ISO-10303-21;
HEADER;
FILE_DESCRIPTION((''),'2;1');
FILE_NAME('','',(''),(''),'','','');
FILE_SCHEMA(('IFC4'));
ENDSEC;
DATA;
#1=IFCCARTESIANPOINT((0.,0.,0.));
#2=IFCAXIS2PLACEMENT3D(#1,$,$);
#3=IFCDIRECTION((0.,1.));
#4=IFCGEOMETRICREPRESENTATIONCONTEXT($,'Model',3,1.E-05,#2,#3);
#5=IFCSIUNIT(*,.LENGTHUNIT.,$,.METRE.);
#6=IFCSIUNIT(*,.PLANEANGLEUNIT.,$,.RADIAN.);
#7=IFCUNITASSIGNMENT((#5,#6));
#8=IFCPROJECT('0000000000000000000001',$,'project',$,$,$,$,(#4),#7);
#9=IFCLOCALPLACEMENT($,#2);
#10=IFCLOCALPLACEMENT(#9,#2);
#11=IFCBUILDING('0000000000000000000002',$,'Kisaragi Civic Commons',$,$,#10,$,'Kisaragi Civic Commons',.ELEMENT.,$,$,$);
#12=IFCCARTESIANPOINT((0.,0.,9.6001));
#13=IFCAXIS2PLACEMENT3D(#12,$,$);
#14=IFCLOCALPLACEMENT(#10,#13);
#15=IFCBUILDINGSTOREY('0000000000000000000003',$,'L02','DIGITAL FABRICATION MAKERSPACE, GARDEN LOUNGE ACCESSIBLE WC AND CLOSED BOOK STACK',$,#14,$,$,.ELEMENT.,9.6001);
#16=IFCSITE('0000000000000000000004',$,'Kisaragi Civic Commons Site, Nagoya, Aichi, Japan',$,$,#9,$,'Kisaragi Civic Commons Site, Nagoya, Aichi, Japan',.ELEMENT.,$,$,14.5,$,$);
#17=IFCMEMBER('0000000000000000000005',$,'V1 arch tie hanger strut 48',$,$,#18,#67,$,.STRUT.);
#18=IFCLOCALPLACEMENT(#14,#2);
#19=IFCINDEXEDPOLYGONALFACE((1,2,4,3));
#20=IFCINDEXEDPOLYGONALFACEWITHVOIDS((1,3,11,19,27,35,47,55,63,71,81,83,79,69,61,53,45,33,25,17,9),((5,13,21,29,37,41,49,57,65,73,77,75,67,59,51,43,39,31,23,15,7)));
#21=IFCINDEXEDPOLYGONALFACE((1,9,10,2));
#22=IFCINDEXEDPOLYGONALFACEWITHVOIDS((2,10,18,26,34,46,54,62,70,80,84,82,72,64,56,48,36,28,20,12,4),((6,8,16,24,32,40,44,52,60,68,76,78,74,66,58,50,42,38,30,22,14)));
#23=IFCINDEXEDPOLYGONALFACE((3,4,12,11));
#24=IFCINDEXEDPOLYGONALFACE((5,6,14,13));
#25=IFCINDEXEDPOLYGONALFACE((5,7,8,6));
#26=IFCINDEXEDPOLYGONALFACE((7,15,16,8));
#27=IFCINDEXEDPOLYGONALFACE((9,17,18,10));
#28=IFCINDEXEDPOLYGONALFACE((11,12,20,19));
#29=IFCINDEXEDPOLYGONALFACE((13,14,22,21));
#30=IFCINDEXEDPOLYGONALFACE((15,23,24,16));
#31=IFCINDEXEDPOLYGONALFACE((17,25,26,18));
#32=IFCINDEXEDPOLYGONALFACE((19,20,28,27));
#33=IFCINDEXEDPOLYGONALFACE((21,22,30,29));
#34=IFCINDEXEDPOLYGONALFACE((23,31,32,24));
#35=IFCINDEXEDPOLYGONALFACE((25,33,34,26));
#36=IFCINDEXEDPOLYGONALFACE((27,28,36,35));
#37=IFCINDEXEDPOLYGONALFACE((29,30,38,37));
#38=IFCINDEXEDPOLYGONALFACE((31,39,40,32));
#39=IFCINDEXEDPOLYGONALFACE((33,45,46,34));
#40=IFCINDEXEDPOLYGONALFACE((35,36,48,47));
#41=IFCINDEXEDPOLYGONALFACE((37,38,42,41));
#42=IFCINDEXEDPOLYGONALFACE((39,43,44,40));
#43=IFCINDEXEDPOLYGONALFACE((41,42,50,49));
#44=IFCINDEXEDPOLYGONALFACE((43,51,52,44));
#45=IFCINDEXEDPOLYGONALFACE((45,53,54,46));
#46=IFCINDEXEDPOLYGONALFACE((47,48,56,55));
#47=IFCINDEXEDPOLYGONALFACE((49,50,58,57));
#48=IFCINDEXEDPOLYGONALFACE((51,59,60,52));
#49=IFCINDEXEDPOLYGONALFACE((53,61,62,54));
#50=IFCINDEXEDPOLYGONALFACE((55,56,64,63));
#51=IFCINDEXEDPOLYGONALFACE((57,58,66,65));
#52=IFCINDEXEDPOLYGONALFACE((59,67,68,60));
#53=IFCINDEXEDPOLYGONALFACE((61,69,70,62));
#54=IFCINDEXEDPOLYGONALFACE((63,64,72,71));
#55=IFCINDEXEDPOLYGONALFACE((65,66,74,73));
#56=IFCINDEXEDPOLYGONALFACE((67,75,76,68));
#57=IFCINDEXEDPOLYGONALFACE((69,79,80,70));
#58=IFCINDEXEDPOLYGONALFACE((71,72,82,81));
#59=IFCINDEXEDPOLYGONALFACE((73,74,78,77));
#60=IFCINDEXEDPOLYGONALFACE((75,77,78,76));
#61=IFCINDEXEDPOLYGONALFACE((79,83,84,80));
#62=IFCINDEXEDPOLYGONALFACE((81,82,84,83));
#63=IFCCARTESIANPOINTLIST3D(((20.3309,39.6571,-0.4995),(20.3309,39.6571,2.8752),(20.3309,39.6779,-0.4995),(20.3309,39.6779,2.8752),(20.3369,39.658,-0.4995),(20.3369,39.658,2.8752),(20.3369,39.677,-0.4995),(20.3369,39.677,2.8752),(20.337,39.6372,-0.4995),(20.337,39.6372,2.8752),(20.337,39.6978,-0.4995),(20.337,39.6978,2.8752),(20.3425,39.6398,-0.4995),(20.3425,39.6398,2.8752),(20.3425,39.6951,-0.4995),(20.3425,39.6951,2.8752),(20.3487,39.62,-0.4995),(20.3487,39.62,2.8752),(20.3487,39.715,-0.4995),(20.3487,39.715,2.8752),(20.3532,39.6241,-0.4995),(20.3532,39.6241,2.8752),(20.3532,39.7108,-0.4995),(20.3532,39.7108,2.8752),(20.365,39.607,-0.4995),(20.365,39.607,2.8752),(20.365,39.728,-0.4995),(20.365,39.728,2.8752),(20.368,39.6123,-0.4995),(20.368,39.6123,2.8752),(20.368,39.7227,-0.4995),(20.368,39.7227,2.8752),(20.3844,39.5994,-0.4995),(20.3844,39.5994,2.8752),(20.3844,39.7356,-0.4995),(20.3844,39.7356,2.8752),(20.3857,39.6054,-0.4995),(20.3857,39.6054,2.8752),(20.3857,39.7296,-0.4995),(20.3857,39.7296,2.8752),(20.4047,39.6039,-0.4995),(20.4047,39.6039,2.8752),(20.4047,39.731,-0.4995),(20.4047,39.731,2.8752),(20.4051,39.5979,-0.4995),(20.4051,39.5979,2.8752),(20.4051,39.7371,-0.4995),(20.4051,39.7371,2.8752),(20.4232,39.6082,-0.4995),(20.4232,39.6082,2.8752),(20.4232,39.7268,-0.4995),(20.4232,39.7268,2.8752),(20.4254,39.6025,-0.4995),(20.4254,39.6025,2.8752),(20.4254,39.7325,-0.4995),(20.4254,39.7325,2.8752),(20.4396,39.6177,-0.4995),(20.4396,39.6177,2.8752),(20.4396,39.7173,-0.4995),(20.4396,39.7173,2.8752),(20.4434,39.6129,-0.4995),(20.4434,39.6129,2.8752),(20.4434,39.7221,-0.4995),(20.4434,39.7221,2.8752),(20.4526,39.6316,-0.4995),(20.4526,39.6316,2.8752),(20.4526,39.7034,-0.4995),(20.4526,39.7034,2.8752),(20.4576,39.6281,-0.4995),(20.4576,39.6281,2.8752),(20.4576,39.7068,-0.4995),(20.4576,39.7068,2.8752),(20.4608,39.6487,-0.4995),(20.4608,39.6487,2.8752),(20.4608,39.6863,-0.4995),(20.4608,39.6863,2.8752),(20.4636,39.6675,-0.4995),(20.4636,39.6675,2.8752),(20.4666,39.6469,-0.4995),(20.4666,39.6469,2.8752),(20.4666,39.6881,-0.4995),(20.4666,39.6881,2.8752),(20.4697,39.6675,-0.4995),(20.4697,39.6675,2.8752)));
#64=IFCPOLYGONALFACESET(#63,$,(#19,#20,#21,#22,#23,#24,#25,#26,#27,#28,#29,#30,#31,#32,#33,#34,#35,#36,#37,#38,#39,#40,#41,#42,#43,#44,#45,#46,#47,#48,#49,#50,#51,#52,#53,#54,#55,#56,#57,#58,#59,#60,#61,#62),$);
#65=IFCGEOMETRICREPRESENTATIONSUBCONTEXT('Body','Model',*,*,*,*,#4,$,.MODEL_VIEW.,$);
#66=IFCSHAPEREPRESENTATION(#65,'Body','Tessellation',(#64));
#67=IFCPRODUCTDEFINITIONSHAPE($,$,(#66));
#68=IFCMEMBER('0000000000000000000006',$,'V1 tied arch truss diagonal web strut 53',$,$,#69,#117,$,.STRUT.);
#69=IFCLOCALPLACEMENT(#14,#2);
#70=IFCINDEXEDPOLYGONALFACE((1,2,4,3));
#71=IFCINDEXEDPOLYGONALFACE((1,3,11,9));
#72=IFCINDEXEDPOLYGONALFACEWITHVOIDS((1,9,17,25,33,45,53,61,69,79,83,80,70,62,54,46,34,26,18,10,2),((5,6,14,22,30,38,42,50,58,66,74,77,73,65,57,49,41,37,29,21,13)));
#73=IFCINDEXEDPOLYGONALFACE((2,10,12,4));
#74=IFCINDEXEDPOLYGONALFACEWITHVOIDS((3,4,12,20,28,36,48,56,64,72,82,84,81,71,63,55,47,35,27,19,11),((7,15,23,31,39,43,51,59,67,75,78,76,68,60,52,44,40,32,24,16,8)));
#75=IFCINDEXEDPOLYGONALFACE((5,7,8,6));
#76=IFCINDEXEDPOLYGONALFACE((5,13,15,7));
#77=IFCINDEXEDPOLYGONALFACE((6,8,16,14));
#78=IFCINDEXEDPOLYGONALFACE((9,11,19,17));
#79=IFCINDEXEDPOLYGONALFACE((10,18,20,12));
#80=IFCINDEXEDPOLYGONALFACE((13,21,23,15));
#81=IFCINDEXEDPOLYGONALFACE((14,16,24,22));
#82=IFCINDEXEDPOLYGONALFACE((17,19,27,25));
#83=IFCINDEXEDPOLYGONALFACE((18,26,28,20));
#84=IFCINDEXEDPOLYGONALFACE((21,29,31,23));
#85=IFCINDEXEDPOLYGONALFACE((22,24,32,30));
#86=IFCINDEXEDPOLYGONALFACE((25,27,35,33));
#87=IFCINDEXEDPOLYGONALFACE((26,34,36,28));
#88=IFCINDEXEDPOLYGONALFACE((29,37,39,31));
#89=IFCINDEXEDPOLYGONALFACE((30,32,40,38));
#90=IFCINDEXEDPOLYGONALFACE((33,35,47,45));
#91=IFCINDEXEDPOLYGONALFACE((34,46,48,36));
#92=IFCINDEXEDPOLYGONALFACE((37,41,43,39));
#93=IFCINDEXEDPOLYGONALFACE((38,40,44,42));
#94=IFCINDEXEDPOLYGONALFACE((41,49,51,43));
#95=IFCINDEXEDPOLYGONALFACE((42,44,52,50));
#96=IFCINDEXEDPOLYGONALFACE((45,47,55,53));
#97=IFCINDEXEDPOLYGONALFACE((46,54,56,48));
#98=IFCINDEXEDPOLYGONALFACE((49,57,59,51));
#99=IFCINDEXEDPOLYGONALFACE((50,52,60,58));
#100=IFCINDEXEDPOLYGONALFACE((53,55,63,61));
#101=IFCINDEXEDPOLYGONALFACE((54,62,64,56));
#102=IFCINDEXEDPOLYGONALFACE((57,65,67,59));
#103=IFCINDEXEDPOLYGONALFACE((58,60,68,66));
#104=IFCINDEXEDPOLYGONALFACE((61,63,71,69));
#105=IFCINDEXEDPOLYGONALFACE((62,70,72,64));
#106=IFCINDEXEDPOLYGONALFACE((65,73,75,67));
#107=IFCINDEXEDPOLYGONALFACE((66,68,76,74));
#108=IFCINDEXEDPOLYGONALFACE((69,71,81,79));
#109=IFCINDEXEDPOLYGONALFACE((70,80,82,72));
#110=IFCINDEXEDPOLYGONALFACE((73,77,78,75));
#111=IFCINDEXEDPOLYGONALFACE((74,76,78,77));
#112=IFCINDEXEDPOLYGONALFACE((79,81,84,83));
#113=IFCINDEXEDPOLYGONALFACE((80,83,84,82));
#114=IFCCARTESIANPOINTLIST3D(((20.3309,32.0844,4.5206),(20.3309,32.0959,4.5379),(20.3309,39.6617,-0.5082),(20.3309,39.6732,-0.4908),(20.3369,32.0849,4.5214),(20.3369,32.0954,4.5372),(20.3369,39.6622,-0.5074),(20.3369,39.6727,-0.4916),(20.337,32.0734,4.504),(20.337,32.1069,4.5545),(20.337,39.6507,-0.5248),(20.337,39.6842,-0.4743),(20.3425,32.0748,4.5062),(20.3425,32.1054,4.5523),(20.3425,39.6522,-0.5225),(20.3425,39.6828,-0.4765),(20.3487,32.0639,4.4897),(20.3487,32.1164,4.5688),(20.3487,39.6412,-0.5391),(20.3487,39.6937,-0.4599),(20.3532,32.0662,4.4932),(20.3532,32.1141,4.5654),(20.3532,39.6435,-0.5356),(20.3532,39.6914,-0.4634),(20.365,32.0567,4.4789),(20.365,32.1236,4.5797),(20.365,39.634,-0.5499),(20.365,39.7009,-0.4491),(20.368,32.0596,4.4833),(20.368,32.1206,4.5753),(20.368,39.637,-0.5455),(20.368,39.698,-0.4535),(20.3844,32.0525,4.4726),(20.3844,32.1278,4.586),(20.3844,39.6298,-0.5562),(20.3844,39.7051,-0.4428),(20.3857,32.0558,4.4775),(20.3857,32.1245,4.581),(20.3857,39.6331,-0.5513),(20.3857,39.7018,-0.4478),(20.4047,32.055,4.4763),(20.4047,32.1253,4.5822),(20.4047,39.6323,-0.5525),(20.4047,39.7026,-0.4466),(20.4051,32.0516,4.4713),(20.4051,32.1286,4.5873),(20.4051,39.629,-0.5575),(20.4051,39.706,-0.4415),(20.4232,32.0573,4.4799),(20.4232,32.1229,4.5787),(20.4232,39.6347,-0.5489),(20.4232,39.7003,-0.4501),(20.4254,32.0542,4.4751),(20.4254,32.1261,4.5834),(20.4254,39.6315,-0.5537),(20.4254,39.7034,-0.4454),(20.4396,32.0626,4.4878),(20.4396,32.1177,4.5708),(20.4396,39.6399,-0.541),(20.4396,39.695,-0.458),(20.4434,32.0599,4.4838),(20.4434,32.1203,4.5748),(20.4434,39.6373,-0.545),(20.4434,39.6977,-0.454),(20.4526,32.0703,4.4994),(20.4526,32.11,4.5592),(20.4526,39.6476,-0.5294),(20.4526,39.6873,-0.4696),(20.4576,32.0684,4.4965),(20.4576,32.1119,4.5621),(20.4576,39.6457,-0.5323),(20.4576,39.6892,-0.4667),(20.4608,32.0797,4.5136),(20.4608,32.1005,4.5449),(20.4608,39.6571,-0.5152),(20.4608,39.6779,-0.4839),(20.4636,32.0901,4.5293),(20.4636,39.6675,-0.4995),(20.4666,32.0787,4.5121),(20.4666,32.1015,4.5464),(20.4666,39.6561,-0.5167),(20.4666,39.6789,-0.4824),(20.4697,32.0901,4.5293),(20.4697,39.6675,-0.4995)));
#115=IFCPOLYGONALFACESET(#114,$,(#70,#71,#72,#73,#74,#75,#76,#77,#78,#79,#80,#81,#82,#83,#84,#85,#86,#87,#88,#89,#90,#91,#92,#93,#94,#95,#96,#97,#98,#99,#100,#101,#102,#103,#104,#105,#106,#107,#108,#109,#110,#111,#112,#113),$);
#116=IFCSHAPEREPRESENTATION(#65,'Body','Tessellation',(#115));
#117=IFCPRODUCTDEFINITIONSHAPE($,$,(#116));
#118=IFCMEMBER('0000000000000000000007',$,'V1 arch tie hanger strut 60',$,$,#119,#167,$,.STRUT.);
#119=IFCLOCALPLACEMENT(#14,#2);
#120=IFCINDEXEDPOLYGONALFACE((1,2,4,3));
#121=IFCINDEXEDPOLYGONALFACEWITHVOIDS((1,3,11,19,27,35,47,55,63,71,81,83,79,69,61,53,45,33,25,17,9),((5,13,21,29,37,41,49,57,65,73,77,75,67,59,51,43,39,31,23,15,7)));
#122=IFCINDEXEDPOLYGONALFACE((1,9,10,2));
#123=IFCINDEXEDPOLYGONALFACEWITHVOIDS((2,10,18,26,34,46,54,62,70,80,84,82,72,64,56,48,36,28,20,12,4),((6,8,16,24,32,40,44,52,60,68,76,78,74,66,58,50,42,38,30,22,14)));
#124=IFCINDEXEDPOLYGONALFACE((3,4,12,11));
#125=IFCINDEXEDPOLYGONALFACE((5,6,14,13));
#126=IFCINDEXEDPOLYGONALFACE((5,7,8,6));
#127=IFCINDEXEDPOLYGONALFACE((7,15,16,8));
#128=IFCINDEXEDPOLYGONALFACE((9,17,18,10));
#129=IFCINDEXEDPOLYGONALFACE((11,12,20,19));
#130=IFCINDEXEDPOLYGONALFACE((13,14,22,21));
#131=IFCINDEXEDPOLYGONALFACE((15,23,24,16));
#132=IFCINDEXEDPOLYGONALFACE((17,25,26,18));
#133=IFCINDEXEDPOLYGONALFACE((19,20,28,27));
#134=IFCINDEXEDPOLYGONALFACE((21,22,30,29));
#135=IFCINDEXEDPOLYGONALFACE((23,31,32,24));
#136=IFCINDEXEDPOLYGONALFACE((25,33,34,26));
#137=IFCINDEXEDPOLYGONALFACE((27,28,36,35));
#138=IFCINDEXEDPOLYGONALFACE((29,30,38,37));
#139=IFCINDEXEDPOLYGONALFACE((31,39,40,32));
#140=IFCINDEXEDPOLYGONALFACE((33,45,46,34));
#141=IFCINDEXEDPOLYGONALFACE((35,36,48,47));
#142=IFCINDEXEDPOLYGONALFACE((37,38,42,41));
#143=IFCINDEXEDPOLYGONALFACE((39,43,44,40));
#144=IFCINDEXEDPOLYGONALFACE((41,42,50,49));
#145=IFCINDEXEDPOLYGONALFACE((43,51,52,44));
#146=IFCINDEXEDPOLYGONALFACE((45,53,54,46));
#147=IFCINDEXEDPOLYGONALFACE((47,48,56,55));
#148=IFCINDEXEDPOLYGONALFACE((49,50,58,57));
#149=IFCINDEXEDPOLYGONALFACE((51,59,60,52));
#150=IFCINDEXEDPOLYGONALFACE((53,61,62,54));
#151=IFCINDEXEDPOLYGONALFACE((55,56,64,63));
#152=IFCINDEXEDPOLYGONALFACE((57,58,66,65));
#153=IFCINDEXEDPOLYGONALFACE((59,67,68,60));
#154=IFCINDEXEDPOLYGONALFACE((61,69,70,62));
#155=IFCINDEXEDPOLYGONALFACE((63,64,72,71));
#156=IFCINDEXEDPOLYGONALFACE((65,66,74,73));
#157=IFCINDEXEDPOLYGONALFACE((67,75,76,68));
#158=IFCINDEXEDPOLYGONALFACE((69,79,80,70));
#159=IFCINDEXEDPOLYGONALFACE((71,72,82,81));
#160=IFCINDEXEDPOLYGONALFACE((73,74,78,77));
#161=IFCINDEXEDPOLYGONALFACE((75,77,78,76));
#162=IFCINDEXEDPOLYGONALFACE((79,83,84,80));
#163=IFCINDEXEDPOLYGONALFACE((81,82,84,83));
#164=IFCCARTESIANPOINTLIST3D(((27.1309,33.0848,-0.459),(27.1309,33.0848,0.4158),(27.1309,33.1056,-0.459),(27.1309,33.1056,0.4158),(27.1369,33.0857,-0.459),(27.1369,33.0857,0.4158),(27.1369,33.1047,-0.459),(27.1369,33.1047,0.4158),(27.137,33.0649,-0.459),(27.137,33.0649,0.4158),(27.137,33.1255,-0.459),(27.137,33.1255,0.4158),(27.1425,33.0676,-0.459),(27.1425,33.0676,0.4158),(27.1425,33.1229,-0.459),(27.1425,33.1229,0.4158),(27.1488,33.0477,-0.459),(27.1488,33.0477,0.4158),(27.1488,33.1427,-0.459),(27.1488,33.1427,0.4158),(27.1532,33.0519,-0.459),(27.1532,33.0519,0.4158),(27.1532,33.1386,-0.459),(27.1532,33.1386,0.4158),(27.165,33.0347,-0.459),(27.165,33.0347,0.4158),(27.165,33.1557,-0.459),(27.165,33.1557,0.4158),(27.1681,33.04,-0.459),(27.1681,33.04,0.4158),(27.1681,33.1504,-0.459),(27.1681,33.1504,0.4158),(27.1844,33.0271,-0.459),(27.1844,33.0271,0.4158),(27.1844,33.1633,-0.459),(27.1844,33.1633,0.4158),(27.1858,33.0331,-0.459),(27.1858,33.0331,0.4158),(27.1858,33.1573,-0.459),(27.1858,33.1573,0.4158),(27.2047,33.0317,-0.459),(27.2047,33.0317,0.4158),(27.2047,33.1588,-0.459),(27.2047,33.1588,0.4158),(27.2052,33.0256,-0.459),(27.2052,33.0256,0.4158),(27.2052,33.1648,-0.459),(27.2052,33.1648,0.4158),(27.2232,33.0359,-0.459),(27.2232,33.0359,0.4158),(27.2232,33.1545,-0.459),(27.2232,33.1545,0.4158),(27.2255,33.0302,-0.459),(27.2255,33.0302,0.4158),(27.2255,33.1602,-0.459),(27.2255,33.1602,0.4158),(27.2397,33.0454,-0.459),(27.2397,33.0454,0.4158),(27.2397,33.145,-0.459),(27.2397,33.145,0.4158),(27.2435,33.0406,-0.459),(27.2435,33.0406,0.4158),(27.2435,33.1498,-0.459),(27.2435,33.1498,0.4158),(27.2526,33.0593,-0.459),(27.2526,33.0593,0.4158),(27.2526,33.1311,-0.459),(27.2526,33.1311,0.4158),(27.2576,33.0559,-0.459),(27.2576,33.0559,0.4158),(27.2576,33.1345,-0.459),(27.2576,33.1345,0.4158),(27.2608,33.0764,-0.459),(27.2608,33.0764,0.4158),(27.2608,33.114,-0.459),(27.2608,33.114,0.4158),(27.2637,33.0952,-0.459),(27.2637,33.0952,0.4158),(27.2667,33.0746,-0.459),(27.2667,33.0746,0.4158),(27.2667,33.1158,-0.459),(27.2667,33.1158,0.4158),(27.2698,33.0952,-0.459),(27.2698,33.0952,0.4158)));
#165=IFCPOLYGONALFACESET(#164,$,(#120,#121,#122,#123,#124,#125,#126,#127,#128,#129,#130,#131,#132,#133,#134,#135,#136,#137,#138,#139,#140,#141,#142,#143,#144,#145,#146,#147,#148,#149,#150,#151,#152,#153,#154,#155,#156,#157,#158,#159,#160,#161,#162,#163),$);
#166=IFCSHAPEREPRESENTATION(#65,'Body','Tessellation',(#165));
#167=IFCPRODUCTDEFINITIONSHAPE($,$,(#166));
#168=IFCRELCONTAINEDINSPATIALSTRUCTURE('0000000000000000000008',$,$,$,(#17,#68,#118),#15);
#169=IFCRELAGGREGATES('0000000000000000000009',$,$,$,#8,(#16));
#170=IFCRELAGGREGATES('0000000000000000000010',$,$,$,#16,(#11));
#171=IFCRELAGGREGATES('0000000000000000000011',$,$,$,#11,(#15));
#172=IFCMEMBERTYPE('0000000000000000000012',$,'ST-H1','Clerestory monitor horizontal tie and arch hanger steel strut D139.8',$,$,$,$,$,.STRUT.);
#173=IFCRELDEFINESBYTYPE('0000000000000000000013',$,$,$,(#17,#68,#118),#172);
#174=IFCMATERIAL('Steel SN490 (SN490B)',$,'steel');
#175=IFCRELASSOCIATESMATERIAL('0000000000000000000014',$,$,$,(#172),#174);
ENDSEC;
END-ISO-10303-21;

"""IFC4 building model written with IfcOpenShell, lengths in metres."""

from ifc_helpers import new_model, si_unit, direction, frame, origin, origin_2d, place, context, subcontext, project, spatial, hollow_circle, extrude, material, material_profile, profile_set, type_object, element, save


model = new_model("IFC4")

# Units and contexts
model_context = context("Model", 3, precision=1e-05, world=origin(), true_north=direction((0.0, 1.0)))
body_context = subcontext(model_context, "Body", "Model", "MODEL_VIEW")
ifc_project = project(units=[si_unit("LENGTHUNIT", "METRE"), si_unit("PLANEANGLEUNIT", "RADIAN")], contexts=[model_context])

# Site, building, storey
site_placement = place(None, origin())
site = spatial("IfcSite", under=ifc_project, at=site_placement, Name="Kisaragi Civic Commons Site, Nagoya, Aichi, Japan", LongName="Kisaragi Civic Commons Site, Nagoya, Aichi, Japan", CompositionType="ELEMENT", RefElevation=14.5)
building_placement = place(site_placement, origin())
building = spatial("IfcBuilding", under=site, at=building_placement, Name="Kisaragi Civic Commons", LongName="Kisaragi Civic Commons", CompositionType="ELEMENT")
storey_placement = place(building_placement, frame((0.0, 0.0, 9.6001)))
storey = spatial("IfcBuildingStorey", under=building, at=storey_placement, Name="L02", Description="DIGITAL FABRICATION MAKERSPACE, GARDEN LOUNGE ACCESSIBLE WC AND CLOSED BOOK STACK", CompositionType="ELEMENT", Elevation=9.6001)

# Members
ifc_material_1 = material(Name="Steel SN490 (SN490B)", Category="steel")
ifc_material_profile_1 = material_profile(ifc_material_1, hollow_circle(Radius=0.0698, WallThickness=0.0061, at=origin_2d()), Name="CHS-139.8x6.0", Category="steel")
ifc_profile_set_1 = profile_set([ifc_material_profile_1], Name="Steel SN490 (SN490B)")
member_type_1 = type_object("IfcMemberType", Name="ST-H1", Description="Clerestory monitor horizontal tie and arch hanger steel strut D139.8", PredefinedType="STRUT", material=ifc_profile_set_1)
member_1_placement = place(storey_placement, frame((20.3999, 39.6675, -0.4995), z_axis=(0.0, 0.0, 1.0), x_axis=(1.0, 0.0, 0.0)))
element("IfcMember", 1, at=member_1_placement, inside=storey, type_object=member_type_1, Name="V1 arch tie hanger strut 48", PredefinedType="STRUT", context=body_context, shape_type="SweptSolid", body=[
    extrude(hollow_circle(Radius=0.0698, WallThickness=0.0061, at=origin_2d()), origin(), (0.0, 0.0, 1.0), 3.3748),
])
member_2_placement = place(storey_placement, frame((20.3999, 39.6675, -0.4995), z_axis=(0.0, -0.833205, 0.552964), x_axis=(1.0, 0.0, 0.0)))
element("IfcMember", 2, at=member_2_placement, inside=storey, type_object=member_type_1, Name="V1 tied arch truss diagonal web strut 53", PredefinedType="STRUT", context=body_context, shape_type="SweptSolid", body=[
    extrude(hollow_circle(Radius=0.0698, WallThickness=0.0061, at=origin_2d()), origin(), (0.0, 0.0, 1.0), 9.0942),
])
for number, where, z_axis, x_axis, name in (
    (3, (27.2, 33.0952, -0.459), (0.0, 0.0, 1.0), (1.0, 0.0, 0.0), "V1 arch tie hanger strut 60"),
):
    element("IfcMember", number, at=place(storey_placement, frame(where, z_axis=z_axis, x_axis=x_axis)), inside=storey, type_object=member_type_1, Name=name, PredefinedType="STRUT", context=body_context, shape_type="SweptSolid", body=[
        extrude(hollow_circle(Radius=0.0698, WallThickness=0.0061, at=origin_2d()), origin(), (0.0, 0.0, 1.0), 0.8748),
    ])

save(model, "model.ifc")
